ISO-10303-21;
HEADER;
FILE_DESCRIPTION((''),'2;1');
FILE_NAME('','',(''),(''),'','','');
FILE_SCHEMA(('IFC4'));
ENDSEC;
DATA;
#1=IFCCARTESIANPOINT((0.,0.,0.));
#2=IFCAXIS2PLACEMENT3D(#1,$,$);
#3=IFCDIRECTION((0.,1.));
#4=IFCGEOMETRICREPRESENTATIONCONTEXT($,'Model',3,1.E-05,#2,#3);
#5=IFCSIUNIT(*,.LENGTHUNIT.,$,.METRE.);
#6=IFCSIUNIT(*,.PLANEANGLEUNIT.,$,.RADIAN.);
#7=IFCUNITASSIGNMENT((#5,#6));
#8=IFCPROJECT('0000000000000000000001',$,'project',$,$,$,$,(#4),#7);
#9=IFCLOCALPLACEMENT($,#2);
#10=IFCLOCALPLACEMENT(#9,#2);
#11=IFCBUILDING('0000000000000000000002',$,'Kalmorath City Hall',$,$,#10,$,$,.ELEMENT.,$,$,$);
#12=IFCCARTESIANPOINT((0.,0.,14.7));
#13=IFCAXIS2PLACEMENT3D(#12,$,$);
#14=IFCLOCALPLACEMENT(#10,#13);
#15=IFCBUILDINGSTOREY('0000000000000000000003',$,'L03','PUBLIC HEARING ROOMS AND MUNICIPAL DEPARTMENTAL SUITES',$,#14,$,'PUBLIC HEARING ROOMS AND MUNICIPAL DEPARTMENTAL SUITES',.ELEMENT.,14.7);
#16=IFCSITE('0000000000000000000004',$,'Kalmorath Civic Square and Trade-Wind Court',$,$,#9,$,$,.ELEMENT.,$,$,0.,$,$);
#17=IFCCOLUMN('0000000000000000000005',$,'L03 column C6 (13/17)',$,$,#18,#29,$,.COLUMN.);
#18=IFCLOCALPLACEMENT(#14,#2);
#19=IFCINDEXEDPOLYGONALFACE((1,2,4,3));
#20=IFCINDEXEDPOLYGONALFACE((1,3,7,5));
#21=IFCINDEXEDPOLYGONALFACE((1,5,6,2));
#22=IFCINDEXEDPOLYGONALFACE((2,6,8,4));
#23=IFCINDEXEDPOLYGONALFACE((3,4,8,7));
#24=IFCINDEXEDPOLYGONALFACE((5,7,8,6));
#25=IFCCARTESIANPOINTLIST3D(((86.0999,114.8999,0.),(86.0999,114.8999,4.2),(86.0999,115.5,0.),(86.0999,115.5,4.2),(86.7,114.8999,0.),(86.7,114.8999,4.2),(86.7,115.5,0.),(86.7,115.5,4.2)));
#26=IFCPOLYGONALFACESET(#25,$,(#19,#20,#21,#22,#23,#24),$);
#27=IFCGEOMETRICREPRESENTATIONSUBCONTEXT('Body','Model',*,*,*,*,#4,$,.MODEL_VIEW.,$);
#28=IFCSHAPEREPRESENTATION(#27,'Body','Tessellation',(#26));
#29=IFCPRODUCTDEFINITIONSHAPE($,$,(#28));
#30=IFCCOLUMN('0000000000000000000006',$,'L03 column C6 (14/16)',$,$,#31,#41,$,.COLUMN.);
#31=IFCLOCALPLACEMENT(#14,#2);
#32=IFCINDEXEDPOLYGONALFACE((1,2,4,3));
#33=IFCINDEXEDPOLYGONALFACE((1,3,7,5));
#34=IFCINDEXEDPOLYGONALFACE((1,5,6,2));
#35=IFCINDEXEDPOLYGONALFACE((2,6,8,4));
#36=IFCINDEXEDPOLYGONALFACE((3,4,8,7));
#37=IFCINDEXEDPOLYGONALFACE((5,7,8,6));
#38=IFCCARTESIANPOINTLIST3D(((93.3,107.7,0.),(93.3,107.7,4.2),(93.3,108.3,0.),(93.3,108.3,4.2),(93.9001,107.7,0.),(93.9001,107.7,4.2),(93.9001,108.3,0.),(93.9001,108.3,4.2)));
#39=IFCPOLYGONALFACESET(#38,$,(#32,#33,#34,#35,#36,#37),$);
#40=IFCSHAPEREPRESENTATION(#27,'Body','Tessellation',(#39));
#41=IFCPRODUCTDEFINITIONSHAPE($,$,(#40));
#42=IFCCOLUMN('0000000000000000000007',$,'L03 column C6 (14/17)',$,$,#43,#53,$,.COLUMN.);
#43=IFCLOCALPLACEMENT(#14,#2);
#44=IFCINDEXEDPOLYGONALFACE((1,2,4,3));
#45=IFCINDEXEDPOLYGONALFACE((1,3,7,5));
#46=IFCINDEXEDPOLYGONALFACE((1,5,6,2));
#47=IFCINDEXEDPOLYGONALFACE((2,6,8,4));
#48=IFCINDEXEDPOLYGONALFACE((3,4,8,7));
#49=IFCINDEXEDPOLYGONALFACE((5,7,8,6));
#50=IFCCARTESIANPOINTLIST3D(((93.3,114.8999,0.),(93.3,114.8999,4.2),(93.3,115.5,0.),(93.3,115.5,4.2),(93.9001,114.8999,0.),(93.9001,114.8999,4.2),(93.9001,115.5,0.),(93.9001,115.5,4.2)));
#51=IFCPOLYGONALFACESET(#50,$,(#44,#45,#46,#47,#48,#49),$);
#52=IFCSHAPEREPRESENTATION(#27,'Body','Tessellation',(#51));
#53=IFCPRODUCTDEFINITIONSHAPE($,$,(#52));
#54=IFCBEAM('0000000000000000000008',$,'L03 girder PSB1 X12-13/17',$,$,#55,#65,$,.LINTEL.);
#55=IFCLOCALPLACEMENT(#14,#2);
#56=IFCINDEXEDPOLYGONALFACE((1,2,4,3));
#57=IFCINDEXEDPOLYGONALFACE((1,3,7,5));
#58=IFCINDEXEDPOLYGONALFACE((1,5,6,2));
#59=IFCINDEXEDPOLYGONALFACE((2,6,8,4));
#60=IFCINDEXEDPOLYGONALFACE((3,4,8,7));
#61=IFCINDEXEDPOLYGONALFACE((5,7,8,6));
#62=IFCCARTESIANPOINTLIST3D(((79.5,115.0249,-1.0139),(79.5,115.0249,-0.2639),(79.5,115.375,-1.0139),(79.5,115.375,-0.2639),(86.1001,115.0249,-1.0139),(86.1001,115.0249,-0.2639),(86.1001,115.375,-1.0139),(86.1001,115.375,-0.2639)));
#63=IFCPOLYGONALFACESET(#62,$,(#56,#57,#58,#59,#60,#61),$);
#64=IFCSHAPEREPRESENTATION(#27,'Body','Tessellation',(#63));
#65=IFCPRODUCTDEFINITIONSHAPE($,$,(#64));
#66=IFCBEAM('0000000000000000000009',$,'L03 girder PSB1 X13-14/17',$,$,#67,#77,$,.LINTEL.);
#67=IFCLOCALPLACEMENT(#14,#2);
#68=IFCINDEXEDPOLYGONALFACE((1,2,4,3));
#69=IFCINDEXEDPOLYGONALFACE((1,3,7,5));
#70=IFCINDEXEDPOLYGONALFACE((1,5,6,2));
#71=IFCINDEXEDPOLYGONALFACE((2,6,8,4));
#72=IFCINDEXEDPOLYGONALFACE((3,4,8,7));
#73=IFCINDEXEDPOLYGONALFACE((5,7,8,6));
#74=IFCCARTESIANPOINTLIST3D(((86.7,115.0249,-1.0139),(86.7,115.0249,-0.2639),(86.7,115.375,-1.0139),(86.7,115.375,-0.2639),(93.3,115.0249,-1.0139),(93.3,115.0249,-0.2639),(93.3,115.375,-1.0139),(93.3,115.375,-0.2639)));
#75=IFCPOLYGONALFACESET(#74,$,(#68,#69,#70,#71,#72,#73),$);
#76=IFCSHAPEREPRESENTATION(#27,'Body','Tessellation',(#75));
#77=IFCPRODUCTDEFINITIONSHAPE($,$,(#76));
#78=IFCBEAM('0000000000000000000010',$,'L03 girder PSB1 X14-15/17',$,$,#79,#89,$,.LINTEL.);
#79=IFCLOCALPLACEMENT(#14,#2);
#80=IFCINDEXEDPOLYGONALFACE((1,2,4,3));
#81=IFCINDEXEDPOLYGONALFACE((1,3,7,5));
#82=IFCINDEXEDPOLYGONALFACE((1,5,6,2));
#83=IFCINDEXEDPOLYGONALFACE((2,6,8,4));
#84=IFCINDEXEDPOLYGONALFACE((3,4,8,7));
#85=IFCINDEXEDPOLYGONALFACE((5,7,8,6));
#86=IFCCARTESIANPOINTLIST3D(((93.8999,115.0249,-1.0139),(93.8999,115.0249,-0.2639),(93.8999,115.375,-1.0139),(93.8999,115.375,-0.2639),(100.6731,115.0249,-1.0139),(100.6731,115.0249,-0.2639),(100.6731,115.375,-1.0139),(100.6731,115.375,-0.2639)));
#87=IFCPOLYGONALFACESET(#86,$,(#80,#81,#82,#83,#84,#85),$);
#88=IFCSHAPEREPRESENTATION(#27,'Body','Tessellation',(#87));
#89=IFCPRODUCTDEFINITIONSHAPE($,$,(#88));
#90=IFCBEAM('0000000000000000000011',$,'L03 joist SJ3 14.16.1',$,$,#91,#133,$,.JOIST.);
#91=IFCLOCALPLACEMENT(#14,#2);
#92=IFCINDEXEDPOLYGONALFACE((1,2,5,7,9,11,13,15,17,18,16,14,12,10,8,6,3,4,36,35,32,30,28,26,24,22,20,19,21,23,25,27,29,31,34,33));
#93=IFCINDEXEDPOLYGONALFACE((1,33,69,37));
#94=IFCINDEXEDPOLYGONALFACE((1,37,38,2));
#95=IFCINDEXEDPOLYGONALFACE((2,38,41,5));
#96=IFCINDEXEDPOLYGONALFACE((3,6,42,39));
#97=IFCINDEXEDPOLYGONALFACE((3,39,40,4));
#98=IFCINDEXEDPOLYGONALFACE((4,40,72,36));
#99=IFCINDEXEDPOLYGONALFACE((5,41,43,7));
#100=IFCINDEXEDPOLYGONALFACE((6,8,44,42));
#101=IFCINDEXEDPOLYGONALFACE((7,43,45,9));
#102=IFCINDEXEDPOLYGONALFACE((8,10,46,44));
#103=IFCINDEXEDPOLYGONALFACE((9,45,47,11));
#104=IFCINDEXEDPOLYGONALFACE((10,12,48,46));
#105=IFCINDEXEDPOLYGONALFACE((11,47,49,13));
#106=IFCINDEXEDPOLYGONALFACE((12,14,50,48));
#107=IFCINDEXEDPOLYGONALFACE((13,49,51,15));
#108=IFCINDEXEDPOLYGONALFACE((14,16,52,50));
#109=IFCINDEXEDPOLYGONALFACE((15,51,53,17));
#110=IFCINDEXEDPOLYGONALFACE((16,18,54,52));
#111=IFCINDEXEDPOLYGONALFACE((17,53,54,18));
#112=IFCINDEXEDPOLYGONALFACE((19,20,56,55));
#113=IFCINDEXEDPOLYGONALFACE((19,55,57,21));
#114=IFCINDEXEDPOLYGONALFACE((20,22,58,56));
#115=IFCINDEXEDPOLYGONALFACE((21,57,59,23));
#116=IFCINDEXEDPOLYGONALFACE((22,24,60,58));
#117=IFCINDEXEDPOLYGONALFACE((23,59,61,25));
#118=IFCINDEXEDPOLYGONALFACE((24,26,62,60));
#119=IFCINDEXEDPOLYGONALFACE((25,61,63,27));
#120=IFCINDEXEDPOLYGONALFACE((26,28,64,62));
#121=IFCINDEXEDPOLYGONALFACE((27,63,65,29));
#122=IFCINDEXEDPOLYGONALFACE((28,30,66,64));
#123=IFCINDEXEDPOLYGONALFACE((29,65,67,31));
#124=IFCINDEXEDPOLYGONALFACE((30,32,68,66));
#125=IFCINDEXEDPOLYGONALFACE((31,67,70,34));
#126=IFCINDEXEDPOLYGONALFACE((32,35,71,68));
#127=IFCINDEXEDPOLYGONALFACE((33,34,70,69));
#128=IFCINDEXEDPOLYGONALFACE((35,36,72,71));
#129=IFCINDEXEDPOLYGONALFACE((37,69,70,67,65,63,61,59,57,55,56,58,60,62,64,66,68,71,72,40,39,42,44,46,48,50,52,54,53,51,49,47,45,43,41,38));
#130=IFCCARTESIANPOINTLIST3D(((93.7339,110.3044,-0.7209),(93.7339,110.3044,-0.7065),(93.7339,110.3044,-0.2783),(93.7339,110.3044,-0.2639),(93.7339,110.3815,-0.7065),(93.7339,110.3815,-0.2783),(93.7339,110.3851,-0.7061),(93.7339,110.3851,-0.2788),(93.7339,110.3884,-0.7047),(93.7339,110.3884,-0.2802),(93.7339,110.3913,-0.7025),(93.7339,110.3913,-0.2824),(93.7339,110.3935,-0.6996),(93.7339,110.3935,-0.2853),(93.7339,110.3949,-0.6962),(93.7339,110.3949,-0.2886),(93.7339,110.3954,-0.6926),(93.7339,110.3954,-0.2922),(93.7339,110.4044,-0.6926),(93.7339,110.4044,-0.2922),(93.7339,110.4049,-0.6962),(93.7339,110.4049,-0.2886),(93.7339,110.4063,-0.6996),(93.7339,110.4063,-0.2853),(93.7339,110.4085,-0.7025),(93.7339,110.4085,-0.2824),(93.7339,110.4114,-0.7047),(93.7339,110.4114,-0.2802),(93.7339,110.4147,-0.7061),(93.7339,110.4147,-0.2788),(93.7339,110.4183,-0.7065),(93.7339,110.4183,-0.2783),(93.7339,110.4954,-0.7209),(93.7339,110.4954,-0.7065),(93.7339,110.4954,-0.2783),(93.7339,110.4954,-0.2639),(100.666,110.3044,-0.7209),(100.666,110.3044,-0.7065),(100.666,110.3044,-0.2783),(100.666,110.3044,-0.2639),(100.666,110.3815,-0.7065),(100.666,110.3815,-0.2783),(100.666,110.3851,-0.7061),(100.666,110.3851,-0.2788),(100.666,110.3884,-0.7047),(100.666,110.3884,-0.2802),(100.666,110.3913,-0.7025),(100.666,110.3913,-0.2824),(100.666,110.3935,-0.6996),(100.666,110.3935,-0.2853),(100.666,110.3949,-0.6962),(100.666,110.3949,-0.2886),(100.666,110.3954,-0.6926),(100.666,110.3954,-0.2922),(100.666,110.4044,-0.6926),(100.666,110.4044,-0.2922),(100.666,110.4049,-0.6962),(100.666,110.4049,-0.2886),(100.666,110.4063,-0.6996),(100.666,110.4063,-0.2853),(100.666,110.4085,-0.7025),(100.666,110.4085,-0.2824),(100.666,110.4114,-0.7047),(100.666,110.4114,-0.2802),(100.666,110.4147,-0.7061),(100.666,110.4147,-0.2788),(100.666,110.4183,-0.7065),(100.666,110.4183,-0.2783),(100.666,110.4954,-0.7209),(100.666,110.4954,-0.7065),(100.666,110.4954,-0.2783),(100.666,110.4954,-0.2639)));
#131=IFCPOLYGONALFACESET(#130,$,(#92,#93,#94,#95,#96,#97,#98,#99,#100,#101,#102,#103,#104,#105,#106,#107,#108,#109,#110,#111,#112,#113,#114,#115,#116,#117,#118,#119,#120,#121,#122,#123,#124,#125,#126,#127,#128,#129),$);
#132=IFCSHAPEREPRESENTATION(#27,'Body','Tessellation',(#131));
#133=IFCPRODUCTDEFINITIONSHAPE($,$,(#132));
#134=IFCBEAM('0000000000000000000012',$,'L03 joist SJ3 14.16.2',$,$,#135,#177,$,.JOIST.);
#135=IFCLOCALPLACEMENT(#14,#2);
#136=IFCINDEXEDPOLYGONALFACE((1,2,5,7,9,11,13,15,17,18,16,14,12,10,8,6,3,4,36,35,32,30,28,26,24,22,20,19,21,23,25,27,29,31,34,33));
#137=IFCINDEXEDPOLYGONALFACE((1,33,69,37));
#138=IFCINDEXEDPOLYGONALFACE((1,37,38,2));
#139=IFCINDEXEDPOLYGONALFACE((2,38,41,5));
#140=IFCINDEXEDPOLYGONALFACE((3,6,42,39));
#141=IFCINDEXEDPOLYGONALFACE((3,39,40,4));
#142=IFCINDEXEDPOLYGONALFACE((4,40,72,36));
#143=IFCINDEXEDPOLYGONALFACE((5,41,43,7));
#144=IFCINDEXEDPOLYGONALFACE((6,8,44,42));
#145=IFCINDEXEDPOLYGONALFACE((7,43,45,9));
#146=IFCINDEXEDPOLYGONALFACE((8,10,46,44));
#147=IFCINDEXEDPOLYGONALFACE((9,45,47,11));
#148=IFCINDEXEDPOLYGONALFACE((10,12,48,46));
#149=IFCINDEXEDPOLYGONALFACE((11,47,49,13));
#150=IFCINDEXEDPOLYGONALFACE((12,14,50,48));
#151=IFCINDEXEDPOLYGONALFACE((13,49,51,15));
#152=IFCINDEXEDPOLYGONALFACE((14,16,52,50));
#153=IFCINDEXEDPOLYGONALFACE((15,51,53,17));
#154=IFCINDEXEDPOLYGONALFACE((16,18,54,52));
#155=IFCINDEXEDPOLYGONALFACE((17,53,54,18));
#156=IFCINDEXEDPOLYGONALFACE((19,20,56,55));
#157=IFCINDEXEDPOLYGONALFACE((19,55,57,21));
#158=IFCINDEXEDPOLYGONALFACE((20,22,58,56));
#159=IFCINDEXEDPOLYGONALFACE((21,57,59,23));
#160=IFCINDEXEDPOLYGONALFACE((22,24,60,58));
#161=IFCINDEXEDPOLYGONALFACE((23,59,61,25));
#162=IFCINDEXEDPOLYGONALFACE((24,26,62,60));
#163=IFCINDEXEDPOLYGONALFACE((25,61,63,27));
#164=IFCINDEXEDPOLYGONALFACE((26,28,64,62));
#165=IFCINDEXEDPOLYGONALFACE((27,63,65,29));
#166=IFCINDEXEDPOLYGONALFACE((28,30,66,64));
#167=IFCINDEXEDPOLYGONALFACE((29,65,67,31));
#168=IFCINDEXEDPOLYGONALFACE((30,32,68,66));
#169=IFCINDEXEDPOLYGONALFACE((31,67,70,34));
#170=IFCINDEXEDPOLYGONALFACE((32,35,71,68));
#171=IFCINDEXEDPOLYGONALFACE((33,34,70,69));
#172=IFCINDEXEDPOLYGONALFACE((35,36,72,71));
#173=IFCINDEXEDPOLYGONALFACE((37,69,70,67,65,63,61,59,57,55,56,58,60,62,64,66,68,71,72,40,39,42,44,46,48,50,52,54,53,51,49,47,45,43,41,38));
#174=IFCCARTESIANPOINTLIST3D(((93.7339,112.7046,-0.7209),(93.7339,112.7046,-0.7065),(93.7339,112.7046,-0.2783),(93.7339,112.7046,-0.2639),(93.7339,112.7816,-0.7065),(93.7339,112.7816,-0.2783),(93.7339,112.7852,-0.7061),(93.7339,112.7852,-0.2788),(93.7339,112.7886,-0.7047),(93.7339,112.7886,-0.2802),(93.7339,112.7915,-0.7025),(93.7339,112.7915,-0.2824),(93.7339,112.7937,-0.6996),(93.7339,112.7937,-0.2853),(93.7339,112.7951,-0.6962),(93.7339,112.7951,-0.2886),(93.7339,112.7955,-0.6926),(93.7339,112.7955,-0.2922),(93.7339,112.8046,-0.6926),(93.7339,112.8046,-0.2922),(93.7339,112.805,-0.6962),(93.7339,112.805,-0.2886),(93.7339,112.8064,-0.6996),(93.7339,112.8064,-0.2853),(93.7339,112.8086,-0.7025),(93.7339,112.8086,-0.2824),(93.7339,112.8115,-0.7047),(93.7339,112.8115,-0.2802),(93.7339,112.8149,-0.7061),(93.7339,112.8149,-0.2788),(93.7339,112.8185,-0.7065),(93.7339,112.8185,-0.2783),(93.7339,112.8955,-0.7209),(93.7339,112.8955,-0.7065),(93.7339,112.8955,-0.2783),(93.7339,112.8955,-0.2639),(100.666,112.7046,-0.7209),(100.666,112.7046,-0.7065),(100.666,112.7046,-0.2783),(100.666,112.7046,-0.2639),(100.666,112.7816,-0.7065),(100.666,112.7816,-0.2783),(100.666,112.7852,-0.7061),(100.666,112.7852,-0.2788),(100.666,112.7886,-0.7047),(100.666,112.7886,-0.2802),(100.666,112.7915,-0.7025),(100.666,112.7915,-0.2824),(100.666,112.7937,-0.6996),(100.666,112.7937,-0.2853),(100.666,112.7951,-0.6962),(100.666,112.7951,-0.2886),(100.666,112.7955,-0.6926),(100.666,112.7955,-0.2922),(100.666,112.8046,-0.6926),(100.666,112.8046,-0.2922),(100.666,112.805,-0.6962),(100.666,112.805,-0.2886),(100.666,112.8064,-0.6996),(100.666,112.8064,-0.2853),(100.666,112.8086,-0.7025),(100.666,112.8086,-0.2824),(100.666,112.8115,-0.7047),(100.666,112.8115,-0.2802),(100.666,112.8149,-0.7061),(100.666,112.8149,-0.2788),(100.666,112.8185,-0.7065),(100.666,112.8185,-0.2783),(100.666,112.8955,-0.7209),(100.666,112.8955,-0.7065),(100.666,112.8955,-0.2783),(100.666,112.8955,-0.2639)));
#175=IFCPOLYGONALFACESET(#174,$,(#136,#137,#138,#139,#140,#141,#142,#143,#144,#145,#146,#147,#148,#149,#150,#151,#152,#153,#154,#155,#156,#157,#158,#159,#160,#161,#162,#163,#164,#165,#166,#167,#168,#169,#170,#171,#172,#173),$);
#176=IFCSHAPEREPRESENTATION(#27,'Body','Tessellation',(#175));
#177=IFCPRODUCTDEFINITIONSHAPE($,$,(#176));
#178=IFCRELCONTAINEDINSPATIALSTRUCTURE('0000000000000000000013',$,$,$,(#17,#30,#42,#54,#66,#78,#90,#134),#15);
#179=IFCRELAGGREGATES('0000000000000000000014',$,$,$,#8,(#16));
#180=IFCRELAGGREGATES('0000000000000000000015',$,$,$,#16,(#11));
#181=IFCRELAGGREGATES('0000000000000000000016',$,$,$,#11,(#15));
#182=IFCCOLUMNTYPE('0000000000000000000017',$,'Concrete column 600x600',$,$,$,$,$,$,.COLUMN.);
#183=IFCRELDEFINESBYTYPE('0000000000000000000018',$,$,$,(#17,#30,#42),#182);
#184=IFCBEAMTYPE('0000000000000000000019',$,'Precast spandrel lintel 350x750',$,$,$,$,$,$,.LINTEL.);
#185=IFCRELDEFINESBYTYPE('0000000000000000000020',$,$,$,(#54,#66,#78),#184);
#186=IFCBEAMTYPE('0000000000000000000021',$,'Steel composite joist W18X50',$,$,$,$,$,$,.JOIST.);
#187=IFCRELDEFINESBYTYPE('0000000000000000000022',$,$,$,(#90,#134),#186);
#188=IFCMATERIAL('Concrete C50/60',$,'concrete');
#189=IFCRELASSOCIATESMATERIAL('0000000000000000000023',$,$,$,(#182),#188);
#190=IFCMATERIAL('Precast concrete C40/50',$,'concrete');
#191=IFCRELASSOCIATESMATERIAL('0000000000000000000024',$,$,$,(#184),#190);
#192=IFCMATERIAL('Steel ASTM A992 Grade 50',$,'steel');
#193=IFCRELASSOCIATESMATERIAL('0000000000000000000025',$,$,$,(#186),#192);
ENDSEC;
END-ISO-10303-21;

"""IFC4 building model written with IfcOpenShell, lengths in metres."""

from ifc_helpers import new_model, si_unit, direction, frame, origin, origin_2d, place, context, subcontext, project, spatial, rectangle, i_section, extrude, material, material_profile, profile_set, type_object, element, save


model = new_model("IFC4")

# Units and contexts
model_context = context("Model", 3, precision=1e-05, world=origin(), true_north=direction((0.0, 1.0)))
body_context = subcontext(model_context, "Body", "Model", "MODEL_VIEW")
ifc_project = project(units=[si_unit("LENGTHUNIT", "METRE"), si_unit("PLANEANGLEUNIT", "RADIAN")], contexts=[model_context])

# Site, building, storey
site_placement = place(None, origin())
site = spatial("IfcSite", under=ifc_project, at=site_placement, Name="Kalmorath Civic Square and Trade-Wind Court", CompositionType="ELEMENT", RefElevation=0.0)
building_placement = place(site_placement, origin())
building = spatial("IfcBuilding", under=site, at=building_placement, Name="Kalmorath City Hall", CompositionType="ELEMENT")
storey_placement = place(building_placement, frame((0.0, 0.0, 14.7)))
storey = spatial("IfcBuildingStorey", under=building, at=storey_placement, Name="L03", Description="PUBLIC HEARING ROOMS AND MUNICIPAL DEPARTMENTAL SUITES", LongName="PUBLIC HEARING ROOMS AND MUNICIPAL DEPARTMENTAL SUITES", CompositionType="ELEMENT", Elevation=14.7)

# Columns
ifc_material_1 = material(Name="Concrete C50/60", Category="concrete")
ifc_material_profile_1 = material_profile(ifc_material_1, rectangle(XDim=0.6001, YDim=0.6001, at=origin_2d()), Name="RC-COL-600X600")
ifc_profile_set_1 = profile_set([ifc_material_profile_1], Name="Concrete C50/60")
column_type = type_object("IfcColumnType", Name="Concrete column 600x600", PredefinedType="COLUMN", material=ifc_profile_set_1)
for number, where, z_axis, x_axis, name in (
    (1, (86.3999, 115.2, 0.0), (0.0, 0.0, 1.0), (1.0, 0.0, 0.0), "L03 column C6 (13/17)"),
    (2, (93.6001, 108.0, 0.0), (0.0, 0.0, 1.0), (1.0, 0.0, 0.0), "L03 column C6 (14/16)"),
    (3, (93.6001, 115.2, 0.0), (0.0, 0.0, 1.0), (1.0, 0.0, 0.0), "L03 column C6 (14/17)"),
):
    element("IfcColumn", number, at=place(storey_placement, frame(where, z_axis=z_axis, x_axis=x_axis)), inside=storey, type_object=column_type, Name=name, PredefinedType="COLUMN", context=body_context, shape_type="SweptSolid", body=[
        extrude(rectangle(XDim=0.6001, YDim=0.6001, at=origin_2d()), origin(), (0.0, 0.0, 1.0), 4.2),
    ])

# Beams
ifc_material_2 = material(Name="Precast concrete C40/50", Category="concrete")
ifc_material_profile_2 = material_profile(ifc_material_2, rectangle(XDim=0.3501, YDim=0.75, at=origin_2d()), Name="PC-SP-350X750")
ifc_profile_set_2 = profile_set([ifc_material_profile_2], Name="Precast concrete C40/50")
beam_type_1 = type_object("IfcBeamType", Name="Precast spandrel lintel 350x750", PredefinedType="LINTEL", material=ifc_profile_set_2)
for number, where, z_axis, x_axis, name in (
    (4, (79.5, 115.2, -0.6389), (1.0, 0.0, 0.0), (0.0, 1.0, 0.0), "L03 girder PSB1 X12-13/17"),
    (5, (86.7, 115.2, -0.6389), (1.0, 0.0, 0.0), (0.0, 1.0, 0.0), "L03 girder PSB1 X13-14/17"),
):
    element("IfcBeam", number, at=place(storey_placement, frame(where, z_axis=z_axis, x_axis=x_axis)), inside=storey, type_object=beam_type_1, Name=name, PredefinedType="LINTEL", context=body_context, shape_type="SweptSolid", body=[
        extrude(rectangle(XDim=0.3501, YDim=0.75, at=origin_2d()), origin(), (0.0, 0.0, 1.0), 6.6001),
    ])
beam_1_placement = place(storey_placement, frame((93.8999, 115.2, -0.6389), z_axis=(1.0, 0.0, 0.0), x_axis=(0.0, 1.0, 0.0)))
element("IfcBeam", 6, at=beam_1_placement, inside=storey, type_object=beam_type_1, Name="L03 girder PSB1 X14-15/17", PredefinedType="LINTEL", context=body_context, shape_type="SweptSolid", body=[
    extrude(rectangle(XDim=0.3501, YDim=0.75, at=origin_2d()), origin(), (0.0, 0.0, 1.0), 6.7732),
])
ifc_material_3 = material(Name="Steel ASTM A992 Grade 50", Category="steel")
ifc_material_profile_3 = material_profile(ifc_material_3, i_section(OverallWidth=0.1909, OverallDepth=0.457, WebThickness=0.009, FlangeThickness=0.0144, FilletRadius=0.0139, at=origin_2d()), Name="W18X50")
ifc_profile_set_3 = profile_set([ifc_material_profile_3], Name="Steel ASTM A992 Grade 50")
beam_type_2 = type_object("IfcBeamType", Name="Steel composite joist W18X50", PredefinedType="JOIST", material=ifc_profile_set_3)
for number, where, z_axis, x_axis, name in (
    (7, (93.7339, 110.3999, -0.4924), (1.0, 0.0, 0.0), (0.0, 1.0, 0.0), "L03 joist SJ3 14.16.1"),
    (8, (93.7339, 112.8, -0.4924), (1.0, 0.0, 0.0), (0.0, 1.0, 0.0), "L03 joist SJ3 14.16.2"),
):
    element("IfcBeam", number, at=place(storey_placement, frame(where, z_axis=z_axis, x_axis=x_axis)), inside=storey, type_object=beam_type_2, Name=name, PredefinedType="JOIST", context=body_context, shape_type="SweptSolid", body=[
        extrude(i_section(OverallWidth=0.1909, OverallDepth=0.457, WebThickness=0.009, FlangeThickness=0.0144, FilletRadius=0.0139, at=origin_2d()), origin(), (0.0, 0.0, 1.0), 6.9321),
    ])

save(model, "model.ifc")
